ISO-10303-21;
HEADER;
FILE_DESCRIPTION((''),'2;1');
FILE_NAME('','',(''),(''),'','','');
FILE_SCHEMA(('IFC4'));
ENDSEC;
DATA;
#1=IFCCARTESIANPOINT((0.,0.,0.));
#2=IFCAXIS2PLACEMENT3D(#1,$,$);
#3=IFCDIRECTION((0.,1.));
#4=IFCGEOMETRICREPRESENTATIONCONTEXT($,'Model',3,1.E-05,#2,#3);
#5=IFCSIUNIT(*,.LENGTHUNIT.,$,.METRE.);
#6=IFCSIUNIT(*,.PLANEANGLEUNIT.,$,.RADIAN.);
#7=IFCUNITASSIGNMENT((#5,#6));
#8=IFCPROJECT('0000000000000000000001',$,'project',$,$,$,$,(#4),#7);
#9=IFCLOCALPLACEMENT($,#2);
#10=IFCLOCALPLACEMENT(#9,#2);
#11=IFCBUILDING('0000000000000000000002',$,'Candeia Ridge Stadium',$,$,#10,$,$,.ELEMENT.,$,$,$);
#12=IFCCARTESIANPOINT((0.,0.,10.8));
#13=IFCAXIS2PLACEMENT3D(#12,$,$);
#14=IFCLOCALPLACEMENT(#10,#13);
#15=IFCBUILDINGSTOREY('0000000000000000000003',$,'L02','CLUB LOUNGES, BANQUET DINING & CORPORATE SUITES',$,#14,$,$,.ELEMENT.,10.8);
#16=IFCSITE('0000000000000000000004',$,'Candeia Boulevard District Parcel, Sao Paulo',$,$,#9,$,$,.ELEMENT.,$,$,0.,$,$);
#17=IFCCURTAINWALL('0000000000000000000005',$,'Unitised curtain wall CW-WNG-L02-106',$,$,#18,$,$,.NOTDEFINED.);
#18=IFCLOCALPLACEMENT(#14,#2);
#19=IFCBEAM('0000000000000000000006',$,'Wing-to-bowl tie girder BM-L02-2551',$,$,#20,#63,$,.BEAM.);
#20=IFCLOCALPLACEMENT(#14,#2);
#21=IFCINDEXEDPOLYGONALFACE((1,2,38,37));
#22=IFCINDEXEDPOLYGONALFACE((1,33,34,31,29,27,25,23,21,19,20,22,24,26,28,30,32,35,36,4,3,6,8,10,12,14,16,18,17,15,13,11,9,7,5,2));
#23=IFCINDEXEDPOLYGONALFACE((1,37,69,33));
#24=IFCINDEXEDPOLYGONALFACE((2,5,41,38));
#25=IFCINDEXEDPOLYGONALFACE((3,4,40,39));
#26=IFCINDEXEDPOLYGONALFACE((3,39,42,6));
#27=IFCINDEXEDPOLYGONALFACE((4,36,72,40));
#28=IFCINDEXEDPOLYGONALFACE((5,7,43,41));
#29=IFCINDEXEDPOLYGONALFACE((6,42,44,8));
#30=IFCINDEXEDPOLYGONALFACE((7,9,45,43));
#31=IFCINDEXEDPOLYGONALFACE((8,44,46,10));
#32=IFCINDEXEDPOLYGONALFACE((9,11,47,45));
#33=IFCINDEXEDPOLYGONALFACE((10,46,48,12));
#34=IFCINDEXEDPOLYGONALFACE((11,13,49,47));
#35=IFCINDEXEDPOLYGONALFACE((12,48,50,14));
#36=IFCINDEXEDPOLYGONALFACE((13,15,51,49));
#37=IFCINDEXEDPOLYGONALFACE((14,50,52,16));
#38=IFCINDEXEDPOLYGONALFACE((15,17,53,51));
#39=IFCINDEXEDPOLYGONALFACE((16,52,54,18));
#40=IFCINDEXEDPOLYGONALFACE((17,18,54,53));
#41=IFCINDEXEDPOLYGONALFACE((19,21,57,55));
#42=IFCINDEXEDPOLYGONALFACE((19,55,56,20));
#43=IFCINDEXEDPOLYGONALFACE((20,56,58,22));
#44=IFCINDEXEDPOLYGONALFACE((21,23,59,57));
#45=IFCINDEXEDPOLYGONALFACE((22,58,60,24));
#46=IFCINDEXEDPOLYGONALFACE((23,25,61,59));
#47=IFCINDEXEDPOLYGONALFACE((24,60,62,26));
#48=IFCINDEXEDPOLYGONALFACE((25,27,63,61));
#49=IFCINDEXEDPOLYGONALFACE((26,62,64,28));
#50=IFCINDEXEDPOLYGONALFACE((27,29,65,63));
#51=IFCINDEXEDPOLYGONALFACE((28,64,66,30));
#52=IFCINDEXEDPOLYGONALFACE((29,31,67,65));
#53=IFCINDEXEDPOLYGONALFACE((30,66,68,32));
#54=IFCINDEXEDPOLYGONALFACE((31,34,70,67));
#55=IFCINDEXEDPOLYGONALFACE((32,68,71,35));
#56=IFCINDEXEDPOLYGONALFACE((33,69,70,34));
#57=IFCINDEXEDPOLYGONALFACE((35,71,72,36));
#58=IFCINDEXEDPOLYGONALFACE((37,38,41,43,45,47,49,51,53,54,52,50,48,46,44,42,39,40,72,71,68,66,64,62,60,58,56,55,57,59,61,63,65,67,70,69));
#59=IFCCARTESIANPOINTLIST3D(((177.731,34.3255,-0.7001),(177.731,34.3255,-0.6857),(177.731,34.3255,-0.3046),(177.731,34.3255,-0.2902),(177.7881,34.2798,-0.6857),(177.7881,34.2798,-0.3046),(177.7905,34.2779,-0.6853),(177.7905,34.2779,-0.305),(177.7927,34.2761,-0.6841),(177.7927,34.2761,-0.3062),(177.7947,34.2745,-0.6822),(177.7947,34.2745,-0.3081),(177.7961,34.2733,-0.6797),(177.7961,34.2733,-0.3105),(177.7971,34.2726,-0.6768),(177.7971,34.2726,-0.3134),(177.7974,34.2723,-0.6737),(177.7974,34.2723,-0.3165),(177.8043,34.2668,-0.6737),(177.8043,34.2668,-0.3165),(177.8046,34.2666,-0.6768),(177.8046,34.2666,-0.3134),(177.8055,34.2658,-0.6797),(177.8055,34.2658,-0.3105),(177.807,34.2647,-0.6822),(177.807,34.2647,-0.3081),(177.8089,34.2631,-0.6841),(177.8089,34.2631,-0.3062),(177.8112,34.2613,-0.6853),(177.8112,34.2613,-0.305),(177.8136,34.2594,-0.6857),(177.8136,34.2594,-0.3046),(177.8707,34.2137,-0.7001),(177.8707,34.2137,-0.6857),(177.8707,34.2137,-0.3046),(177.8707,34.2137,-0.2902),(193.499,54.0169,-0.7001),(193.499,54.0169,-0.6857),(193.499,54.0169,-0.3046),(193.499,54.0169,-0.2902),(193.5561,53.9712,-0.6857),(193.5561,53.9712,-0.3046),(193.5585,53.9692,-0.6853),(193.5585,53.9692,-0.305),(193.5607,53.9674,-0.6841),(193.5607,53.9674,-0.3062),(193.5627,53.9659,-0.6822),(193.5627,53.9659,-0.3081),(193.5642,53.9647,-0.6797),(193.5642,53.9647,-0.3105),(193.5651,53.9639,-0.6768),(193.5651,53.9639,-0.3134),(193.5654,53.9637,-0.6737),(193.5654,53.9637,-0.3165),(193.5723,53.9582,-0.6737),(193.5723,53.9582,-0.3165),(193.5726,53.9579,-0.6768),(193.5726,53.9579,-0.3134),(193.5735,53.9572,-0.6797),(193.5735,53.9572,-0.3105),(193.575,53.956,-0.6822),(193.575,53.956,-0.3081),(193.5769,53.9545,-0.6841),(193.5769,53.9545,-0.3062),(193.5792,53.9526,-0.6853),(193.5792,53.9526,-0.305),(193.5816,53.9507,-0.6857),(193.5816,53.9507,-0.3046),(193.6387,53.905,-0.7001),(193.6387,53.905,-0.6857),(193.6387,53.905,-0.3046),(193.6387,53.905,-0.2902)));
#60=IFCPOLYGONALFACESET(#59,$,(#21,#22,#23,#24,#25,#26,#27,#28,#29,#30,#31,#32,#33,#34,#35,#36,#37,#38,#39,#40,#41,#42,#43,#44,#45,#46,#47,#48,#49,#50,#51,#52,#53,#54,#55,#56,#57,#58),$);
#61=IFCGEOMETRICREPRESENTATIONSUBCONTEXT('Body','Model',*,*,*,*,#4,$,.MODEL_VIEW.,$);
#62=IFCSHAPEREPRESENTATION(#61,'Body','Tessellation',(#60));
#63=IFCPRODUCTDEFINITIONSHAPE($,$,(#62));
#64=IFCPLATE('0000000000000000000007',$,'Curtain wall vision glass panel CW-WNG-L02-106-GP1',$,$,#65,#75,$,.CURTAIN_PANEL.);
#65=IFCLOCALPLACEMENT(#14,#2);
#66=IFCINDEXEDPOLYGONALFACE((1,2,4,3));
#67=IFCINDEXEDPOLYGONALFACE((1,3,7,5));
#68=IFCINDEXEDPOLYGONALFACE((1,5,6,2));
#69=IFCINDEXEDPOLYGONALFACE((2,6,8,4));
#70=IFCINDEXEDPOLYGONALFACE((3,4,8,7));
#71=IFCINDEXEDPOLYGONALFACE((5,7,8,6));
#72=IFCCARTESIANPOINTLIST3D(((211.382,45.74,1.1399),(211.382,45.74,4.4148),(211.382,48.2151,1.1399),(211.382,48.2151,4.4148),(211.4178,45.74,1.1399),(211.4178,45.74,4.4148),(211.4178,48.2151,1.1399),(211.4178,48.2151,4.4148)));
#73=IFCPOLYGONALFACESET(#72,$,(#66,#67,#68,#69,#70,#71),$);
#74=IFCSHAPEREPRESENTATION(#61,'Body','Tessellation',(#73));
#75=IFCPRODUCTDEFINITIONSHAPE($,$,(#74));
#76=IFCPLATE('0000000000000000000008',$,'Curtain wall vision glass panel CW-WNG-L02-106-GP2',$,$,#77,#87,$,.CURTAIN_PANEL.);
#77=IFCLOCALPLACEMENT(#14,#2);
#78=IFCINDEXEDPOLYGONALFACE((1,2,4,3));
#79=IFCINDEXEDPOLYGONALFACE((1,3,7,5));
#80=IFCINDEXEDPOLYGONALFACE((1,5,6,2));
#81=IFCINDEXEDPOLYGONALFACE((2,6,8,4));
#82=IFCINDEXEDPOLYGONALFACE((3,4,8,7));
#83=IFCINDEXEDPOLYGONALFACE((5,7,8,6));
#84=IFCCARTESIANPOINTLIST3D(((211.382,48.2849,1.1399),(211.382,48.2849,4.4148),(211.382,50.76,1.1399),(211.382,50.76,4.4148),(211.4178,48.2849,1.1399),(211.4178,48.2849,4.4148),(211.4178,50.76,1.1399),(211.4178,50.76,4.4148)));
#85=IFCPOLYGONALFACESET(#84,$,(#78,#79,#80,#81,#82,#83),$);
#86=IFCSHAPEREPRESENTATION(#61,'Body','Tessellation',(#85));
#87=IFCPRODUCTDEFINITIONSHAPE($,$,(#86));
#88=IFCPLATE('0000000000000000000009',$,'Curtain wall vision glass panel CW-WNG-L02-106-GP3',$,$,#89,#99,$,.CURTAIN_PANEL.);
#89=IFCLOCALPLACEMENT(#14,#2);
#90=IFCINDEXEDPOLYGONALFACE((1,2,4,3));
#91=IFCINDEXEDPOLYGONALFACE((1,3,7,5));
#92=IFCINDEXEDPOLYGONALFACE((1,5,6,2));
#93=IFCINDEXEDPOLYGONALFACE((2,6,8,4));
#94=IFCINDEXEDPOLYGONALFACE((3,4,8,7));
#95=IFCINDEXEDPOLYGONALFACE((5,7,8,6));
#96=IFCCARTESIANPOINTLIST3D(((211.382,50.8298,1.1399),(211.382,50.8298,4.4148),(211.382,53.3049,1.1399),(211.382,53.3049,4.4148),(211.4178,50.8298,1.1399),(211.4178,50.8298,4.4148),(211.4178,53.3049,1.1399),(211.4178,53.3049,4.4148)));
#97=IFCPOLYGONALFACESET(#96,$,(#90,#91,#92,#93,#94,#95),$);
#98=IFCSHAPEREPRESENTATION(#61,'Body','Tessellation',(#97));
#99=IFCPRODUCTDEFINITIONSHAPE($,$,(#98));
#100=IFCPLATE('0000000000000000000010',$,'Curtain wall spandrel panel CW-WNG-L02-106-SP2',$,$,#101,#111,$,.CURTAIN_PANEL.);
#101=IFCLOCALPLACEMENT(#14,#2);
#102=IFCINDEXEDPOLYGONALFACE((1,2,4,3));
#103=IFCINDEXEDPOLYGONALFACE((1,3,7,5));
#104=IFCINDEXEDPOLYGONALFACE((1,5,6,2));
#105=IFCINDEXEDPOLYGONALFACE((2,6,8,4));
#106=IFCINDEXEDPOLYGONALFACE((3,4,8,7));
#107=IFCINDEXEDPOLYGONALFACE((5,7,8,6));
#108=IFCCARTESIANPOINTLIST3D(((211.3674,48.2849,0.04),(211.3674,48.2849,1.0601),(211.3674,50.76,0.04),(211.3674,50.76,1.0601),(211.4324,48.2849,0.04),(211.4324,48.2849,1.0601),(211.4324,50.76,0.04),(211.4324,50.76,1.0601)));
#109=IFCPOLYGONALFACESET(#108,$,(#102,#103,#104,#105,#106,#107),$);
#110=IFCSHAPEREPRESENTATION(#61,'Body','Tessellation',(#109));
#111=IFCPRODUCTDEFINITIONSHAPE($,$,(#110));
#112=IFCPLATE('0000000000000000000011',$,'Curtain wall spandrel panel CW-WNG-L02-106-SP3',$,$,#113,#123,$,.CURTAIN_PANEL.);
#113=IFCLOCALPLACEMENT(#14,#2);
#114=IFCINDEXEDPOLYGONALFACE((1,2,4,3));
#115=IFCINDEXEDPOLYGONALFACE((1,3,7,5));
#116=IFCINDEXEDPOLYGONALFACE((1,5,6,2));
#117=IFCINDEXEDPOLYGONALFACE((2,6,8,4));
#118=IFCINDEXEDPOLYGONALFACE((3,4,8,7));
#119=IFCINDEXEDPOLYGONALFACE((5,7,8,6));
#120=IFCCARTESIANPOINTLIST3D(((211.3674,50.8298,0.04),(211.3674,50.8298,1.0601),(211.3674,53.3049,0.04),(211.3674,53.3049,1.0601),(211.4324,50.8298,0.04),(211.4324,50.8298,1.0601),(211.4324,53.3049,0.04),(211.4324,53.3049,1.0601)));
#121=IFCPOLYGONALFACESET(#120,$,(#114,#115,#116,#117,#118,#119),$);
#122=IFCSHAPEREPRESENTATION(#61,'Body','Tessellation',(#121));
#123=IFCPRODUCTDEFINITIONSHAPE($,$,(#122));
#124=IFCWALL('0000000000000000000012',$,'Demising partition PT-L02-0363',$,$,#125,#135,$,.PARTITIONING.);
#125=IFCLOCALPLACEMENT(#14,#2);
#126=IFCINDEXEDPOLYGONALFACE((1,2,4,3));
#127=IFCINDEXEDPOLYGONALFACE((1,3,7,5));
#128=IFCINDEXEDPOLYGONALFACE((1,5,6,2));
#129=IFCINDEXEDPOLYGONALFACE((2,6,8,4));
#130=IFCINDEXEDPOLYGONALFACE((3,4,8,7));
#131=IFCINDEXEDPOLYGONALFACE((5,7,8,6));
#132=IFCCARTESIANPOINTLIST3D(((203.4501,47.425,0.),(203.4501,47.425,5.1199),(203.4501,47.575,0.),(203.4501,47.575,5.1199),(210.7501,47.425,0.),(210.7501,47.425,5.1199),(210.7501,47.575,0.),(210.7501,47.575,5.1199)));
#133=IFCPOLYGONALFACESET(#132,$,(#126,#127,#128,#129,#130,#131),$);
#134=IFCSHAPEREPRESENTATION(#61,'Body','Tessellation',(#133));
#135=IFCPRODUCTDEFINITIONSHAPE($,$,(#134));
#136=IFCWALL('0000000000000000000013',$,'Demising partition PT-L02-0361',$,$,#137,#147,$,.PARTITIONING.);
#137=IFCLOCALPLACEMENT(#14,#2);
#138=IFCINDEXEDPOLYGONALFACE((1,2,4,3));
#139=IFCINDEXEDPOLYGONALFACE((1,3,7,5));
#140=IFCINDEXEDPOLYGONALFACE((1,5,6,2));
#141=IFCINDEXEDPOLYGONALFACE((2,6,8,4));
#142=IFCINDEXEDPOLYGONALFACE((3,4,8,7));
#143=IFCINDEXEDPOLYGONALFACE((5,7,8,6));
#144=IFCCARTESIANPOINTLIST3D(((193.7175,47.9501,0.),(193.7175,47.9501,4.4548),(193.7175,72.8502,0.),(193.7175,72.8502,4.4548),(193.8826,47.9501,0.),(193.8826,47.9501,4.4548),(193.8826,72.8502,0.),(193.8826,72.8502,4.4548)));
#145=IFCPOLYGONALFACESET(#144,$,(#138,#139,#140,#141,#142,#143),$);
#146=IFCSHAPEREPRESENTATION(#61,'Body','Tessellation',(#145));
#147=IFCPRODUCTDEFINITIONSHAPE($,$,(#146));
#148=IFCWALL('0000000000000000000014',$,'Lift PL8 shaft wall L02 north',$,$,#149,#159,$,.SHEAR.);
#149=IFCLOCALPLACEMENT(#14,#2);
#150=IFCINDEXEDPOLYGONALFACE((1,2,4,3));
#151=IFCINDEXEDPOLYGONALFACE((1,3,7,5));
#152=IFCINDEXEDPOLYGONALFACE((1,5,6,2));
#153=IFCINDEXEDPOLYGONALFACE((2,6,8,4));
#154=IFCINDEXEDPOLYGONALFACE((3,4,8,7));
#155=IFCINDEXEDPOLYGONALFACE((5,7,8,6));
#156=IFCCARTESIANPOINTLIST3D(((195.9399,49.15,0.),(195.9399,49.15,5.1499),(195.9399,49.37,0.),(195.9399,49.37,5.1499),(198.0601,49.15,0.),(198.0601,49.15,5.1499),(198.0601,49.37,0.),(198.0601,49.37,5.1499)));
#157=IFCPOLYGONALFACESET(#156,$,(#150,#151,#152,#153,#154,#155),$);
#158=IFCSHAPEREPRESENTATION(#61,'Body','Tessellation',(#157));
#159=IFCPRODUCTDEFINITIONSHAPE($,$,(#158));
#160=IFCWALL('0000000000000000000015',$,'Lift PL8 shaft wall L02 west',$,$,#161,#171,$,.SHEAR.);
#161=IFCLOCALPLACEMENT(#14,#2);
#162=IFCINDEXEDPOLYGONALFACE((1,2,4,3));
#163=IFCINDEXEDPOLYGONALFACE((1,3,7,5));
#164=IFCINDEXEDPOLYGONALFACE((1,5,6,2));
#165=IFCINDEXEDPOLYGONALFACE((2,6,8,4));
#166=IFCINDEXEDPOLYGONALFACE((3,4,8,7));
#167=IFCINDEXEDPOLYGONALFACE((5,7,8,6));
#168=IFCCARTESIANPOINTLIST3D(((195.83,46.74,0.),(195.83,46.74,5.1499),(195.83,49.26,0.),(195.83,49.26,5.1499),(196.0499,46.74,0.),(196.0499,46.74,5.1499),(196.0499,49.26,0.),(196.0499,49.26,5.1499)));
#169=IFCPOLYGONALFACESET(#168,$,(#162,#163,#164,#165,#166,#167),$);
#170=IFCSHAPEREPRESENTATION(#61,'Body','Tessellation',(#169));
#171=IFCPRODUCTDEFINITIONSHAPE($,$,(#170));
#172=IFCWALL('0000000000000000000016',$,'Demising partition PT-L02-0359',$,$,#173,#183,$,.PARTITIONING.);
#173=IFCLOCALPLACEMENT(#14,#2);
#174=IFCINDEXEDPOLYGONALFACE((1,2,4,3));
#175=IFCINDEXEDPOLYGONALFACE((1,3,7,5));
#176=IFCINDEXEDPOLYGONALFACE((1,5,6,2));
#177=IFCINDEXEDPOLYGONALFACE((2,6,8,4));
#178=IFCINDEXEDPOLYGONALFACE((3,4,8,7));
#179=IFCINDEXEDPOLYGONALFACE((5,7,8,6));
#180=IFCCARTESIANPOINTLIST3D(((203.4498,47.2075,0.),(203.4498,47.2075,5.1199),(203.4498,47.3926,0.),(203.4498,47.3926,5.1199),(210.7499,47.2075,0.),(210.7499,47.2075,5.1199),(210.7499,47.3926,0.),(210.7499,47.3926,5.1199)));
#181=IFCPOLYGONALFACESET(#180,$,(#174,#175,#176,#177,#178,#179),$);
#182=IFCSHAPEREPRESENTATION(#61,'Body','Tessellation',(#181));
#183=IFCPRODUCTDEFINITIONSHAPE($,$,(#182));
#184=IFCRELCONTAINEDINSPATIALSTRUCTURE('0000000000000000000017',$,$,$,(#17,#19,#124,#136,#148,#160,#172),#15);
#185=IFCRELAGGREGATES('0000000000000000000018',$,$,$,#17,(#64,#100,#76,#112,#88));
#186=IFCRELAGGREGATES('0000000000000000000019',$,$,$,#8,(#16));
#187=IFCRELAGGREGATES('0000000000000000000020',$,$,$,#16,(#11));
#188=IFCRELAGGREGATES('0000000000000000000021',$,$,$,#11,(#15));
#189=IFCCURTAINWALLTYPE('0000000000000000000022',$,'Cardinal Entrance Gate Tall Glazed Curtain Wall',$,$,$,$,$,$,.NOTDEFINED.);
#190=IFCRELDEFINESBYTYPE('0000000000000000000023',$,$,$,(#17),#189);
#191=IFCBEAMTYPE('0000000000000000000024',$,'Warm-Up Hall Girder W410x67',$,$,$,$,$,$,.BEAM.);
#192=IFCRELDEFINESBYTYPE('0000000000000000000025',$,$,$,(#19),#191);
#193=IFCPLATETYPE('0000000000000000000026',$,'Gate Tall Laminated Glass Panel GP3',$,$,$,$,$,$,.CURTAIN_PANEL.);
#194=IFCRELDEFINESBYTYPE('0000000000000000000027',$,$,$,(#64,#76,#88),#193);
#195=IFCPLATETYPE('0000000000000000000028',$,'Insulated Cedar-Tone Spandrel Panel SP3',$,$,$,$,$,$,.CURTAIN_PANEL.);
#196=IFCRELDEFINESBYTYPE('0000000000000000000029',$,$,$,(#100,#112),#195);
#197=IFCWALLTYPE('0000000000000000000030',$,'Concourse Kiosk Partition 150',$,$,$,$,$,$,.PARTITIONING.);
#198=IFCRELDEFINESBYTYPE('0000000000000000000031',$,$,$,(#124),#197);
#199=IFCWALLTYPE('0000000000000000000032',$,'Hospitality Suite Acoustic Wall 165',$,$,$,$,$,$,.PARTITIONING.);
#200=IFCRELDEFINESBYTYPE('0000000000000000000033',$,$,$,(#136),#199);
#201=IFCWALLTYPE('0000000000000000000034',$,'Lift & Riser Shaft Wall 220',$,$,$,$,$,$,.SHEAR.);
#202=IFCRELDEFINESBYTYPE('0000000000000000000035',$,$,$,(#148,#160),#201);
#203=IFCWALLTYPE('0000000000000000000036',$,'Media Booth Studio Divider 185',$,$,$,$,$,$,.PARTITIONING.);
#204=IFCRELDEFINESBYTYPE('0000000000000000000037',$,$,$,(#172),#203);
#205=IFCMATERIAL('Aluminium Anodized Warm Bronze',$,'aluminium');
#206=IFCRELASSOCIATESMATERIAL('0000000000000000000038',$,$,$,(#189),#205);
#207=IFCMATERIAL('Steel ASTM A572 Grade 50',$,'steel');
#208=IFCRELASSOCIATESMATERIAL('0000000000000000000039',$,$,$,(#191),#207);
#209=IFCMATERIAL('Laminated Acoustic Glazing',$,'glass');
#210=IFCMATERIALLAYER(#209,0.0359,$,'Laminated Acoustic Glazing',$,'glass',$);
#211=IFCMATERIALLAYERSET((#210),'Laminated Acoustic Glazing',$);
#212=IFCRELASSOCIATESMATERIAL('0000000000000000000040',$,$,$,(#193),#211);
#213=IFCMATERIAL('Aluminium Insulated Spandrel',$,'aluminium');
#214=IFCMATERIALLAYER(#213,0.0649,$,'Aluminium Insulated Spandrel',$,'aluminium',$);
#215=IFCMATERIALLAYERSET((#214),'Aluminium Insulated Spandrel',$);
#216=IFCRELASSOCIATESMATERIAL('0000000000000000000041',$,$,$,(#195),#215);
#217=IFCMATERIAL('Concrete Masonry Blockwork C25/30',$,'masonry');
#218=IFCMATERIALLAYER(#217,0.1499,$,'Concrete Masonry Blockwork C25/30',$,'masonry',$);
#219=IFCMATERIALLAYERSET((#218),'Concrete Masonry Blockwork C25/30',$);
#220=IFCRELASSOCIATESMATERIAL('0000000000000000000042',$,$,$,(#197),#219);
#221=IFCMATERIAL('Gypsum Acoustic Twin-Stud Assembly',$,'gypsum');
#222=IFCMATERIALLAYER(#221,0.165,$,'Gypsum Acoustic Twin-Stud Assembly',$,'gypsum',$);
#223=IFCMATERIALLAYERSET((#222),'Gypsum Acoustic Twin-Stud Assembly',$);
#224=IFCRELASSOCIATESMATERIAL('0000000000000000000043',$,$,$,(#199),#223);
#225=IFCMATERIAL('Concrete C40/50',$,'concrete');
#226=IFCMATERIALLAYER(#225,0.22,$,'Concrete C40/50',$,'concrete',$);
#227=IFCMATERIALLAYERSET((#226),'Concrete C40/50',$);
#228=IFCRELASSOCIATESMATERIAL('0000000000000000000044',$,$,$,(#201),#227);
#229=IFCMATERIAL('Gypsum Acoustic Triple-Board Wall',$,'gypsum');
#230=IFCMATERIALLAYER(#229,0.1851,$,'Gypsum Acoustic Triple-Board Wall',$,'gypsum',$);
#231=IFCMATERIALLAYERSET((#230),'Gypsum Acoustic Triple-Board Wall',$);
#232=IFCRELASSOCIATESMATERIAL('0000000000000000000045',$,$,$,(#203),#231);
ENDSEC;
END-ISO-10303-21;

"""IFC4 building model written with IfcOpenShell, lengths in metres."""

from ifc_helpers import new_model, si_unit, direction, frame, frame_2d, origin, origin_2d, place, context, subcontext, project, spatial, rectangle, i_section, extrude, material, layer, layer_set, material_profile, profile_set, type_object, element, aggregate, save


model = new_model("IFC4")

# Units and contexts
model_context = context("Model", 3, precision=1e-05, world=origin(), true_north=direction((0.0, 1.0)))
body_context = subcontext(model_context, "Body", "Model", "MODEL_VIEW")
ifc_project = project(units=[si_unit("LENGTHUNIT", "METRE"), si_unit("PLANEANGLEUNIT", "RADIAN")], contexts=[model_context])

# Site, building, storey
site_placement = place(None, origin())
site = spatial("IfcSite", under=ifc_project, at=site_placement, Name="Candeia Boulevard District Parcel, Sao Paulo", CompositionType="ELEMENT", RefElevation=0.0)
building_placement = place(site_placement, origin())
building = spatial("IfcBuilding", under=site, at=building_placement, Name="Candeia Ridge Stadium", CompositionType="ELEMENT")
storey_placement = place(building_placement, frame((0.0, 0.0, 10.8)))
storey = spatial("IfcBuildingStorey", under=building, at=storey_placement, Name="L02", Description="CLUB LOUNGES, BANQUET DINING & CORPORATE SUITES", CompositionType="ELEMENT", Elevation=10.8)

# Shared definitions
ifc_material_1 = material(Name="Concrete C40/50", Category="concrete")

# Curtain wall
ifc_material_2 = material(Name="Aluminium Anodized Warm Bronze", Category="aluminium")
curtain_wall_type = type_object("IfcCurtainWallType", Name="Cardinal Entrance Gate Tall Glazed Curtain Wall", PredefinedType="NOTDEFINED", material=ifc_material_2)
curtain_wall_placement = place(storey_placement, origin())
curtain_wall = element("IfcCurtainWall", 1, at=curtain_wall_placement, inside=storey, type_object=curtain_wall_type, Name="Unitised curtain wall CW-WNG-L02-106", PredefinedType="NOTDEFINED")

# Beam
ifc_material_3 = material(Name="Steel ASTM A572 Grade 50", Category="steel")
ifc_material_profile_1 = material_profile(ifc_material_3, i_section(OverallWidth=0.179, OverallDepth=0.4099, WebThickness=0.0088, FlangeThickness=0.0144, FilletRadius=0.012, at=origin_2d()), Name="W410x67", Category="steel")
ifc_profile_set_1 = profile_set([ifc_material_profile_1], Name="Steel ASTM A572 Grade 50")
beam_type_1 = type_object("IfcBeamType", Name="Warm-Up Hall Girder W410x67", PredefinedType="BEAM", material=ifc_profile_set_1)
beam_1_placement = place(storey_placement, frame((193.5688, 53.9609, -0.4951), z_axis=(-0.625056, -0.78058, 0.0), x_axis=(0.78058, -0.625056, 0.0)))
element("IfcBeam", 2, at=beam_1_placement, inside=storey, type_object=beam_type_1, Name="Wing-to-bowl tie girder BM-L02-2551", PredefinedType="BEAM", context=body_context, shape_type="SweptSolid", body=[
    extrude(i_section(OverallWidth=0.179, OverallDepth=0.4099, WebThickness=0.0088, FlangeThickness=0.0144, FilletRadius=0.012, at=origin_2d()), origin(), (0.0, 0.0, 1.0), 25.2266),
])

# Plates
ifc_material_4 = material(Name="Laminated Acoustic Glazing", Category="glass")
ifc_layer_1 = layer(ifc_material_4, 0.0359, Name="Laminated Acoustic Glazing", Category="glass")
ifc_layer_set_1 = layer_set([ifc_layer_1], Name="Laminated Acoustic Glazing")
plate_type_1 = type_object("IfcPlateType", Name="Gate Tall Laminated Glass Panel GP3", PredefinedType="CURTAIN_PANEL", material=ifc_layer_set_1)
plate_1_placement = place(storey_placement, frame((211.3999, 46.9775, 1.1399), z_axis=(0.0, 0.0, 1.0), x_axis=(0.0, 1.0, 0.0)))
plate_1 = element("IfcPlate", 3, at=plate_1_placement, type_object=plate_type_1, Name="Curtain wall vision glass panel CW-WNG-L02-106-GP1", PredefinedType="CURTAIN_PANEL", context=body_context, shape_type="SweptSolid", body=[
    extrude(rectangle(XDim=2.4751, YDim=0.0359, at=origin_2d()), origin(), (0.0, 0.0, 1.0), 3.2749),
])
plate_2_placement = place(storey_placement, frame((211.3999, 49.5225, 1.1399), z_axis=(0.0, 0.0, 1.0), x_axis=(0.0, 1.0, 0.0)))
plate_2 = element("IfcPlate", 4, at=plate_2_placement, type_object=plate_type_1, Name="Curtain wall vision glass panel CW-WNG-L02-106-GP2", PredefinedType="CURTAIN_PANEL", context=body_context, shape_type="SweptSolid", body=[
    extrude(rectangle(XDim=2.4751, YDim=0.0359, at=origin_2d()), origin(), (0.0, 0.0, 1.0), 3.2749),
])
plate_3_placement = place(storey_placement, frame((211.3999, 52.0674, 1.1399), z_axis=(0.0, 0.0, 1.0), x_axis=(0.0, 1.0, 0.0)))
plate_3 = element("IfcPlate", 5, at=plate_3_placement, type_object=plate_type_1, Name="Curtain wall vision glass panel CW-WNG-L02-106-GP3", PredefinedType="CURTAIN_PANEL", context=body_context, shape_type="SweptSolid", body=[
    extrude(rectangle(XDim=2.4751, YDim=0.0359, at=origin_2d()), origin(), (0.0, 0.0, 1.0), 3.2749),
])
ifc_material_5 = material(Name="Aluminium Insulated Spandrel", Category="aluminium")
ifc_layer_2 = layer(ifc_material_5, 0.0649, Name="Aluminium Insulated Spandrel", Category="aluminium")
ifc_layer_set_2 = layer_set([ifc_layer_2], Name="Aluminium Insulated Spandrel")
plate_type_2 = type_object("IfcPlateType", Name="Insulated Cedar-Tone Spandrel Panel SP3", PredefinedType="CURTAIN_PANEL", material=ifc_layer_set_2)
plate_4_placement = place(storey_placement, frame((211.3999, 49.5225, 0.04), z_axis=(0.0, 0.0, 1.0), x_axis=(0.0, 1.0, 0.0)))
plate_4 = element("IfcPlate", 6, at=plate_4_placement, type_object=plate_type_2, Name="Curtain wall spandrel panel CW-WNG-L02-106-SP2", PredefinedType="CURTAIN_PANEL", context=body_context, shape_type="SweptSolid", body=[
    extrude(rectangle(XDim=2.4751, YDim=0.0649, at=origin_2d()), origin(), (0.0, 0.0, 1.0), 1.02),
])
plate_5_placement = place(storey_placement, frame((211.3999, 52.0674, 0.04), z_axis=(0.0, 0.0, 1.0), x_axis=(0.0, 1.0, 0.0)))
plate_5 = element("IfcPlate", 7, at=plate_5_placement, type_object=plate_type_2, Name="Curtain wall spandrel panel CW-WNG-L02-106-SP3", PredefinedType="CURTAIN_PANEL", context=body_context, shape_type="SweptSolid", body=[
    extrude(rectangle(XDim=2.4751, YDim=0.0649, at=origin_2d()), origin(), (0.0, 0.0, 1.0), 1.02),
])
aggregate(curtain_wall, [plate_1, plate_4, plate_2, plate_5, plate_3])

# Walls
ifc_material_6 = material(Name="Concrete Masonry Blockwork C25/30", Category="masonry")
ifc_layer_3 = layer(ifc_material_6, 0.1499, Name="Concrete Masonry Blockwork C25/30", Category="masonry")
ifc_layer_set_3 = layer_set([ifc_layer_3], Name="Concrete Masonry Blockwork C25/30")
wall_type_1 = type_object("IfcWallType", Name="Concourse Kiosk Partition 150", PredefinedType="PARTITIONING", material=ifc_layer_set_3)
wall_1_placement = place(storey_placement, frame((210.75, 47.5, 0.0), z_axis=(0.0, 0.0, 1.0), x_axis=(-1.0, 0.0, 0.0)))
element("IfcWall", 8, at=wall_1_placement, inside=storey, type_object=wall_type_1, Name="Demising partition PT-L02-0363", PredefinedType="PARTITIONING", context=body_context, shape_type="SweptSolid", body=[
    extrude(rectangle(XDim=7.3, YDim=0.1499, at=frame_2d((3.6499, 0.0))), origin(), (0.0, 0.0, 1.0), 5.1199),
])
ifc_material_7 = material(Name="Gypsum Acoustic Twin-Stud Assembly", Category="gypsum")
ifc_layer_4 = layer(ifc_material_7, 0.165, Name="Gypsum Acoustic Twin-Stud Assembly", Category="gypsum")
ifc_layer_set_4 = layer_set([ifc_layer_4], Name="Gypsum Acoustic Twin-Stud Assembly")
wall_type_2 = type_object("IfcWallType", Name="Hospitality Suite Acoustic Wall 165", PredefinedType="PARTITIONING", material=ifc_layer_set_4)
wall_2_placement = place(storey_placement, frame((193.8, 47.95, 0.0), z_axis=(0.0, 0.0, 1.0), x_axis=(0.0, 1.0, 0.0)))
element("IfcWall", 9, at=wall_2_placement, inside=storey, type_object=wall_type_2, Name="Demising partition PT-L02-0361", PredefinedType="PARTITIONING", context=body_context, shape_type="SweptSolid", body=[
    extrude(rectangle(XDim=24.9001, YDim=0.165, at=frame_2d((12.4502, 0.0))), origin(), (0.0, 0.0, 1.0), 4.4548),
])
ifc_layer_5 = layer(ifc_material_1, 0.22, Name="Concrete C40/50", Category="concrete")
ifc_layer_set_5 = layer_set([ifc_layer_5], Name="Concrete C40/50")
wall_type_3 = type_object("IfcWallType", Name="Lift & Riser Shaft Wall 220", PredefinedType="SHEAR", material=ifc_layer_set_5)
wall_3_placement = place(storey_placement, frame((198.0601, 49.26, 0.0), z_axis=(0.0, 0.0, 1.0), x_axis=(-1.0, 0.0, 0.0)))
element("IfcWall", 10, at=wall_3_placement, inside=storey, type_object=wall_type_3, Name="Lift PL8 shaft wall L02 north", PredefinedType="SHEAR", context=body_context, shape_type="SweptSolid", body=[
    extrude(rectangle(XDim=2.1201, YDim=0.22, at=frame_2d((1.0601, 0.0))), origin(), (0.0, 0.0, 1.0), 5.1499),
])
wall_4_placement = place(storey_placement, frame((195.9399, 49.26, 0.0), z_axis=(0.0, 0.0, 1.0), x_axis=(0.0, -1.0, 0.0)))
element("IfcWall", 11, at=wall_4_placement, inside=storey, type_object=wall_type_3, Name="Lift PL8 shaft wall L02 west", PredefinedType="SHEAR", context=body_context, shape_type="SweptSolid", body=[
    extrude(rectangle(XDim=2.52, YDim=0.22, at=frame_2d((1.26, 0.0))), origin(), (0.0, 0.0, 1.0), 5.1499),
])
ifc_material_8 = material(Name="Gypsum Acoustic Triple-Board Wall", Category="gypsum")
ifc_layer_6 = layer(ifc_material_8, 0.1851, Name="Gypsum Acoustic Triple-Board Wall", Category="gypsum")
ifc_layer_set_6 = layer_set([ifc_layer_6], Name="Gypsum Acoustic Triple-Board Wall")
wall_type_4 = type_object("IfcWallType", Name="Media Booth Studio Divider 185", PredefinedType="PARTITIONING", material=ifc_layer_set_6)
wall_5_placement = place(storey_placement, frame((203.45, 47.3, 0.0), z_axis=(0.0, 0.0, 1.0), x_axis=(1.0, 0.0, 0.0)))
element("IfcWall", 12, at=wall_5_placement, inside=storey, type_object=wall_type_4, Name="Demising partition PT-L02-0359", PredefinedType="PARTITIONING", context=body_context, shape_type="SweptSolid", body=[
    extrude(rectangle(XDim=7.3, YDim=0.1851, at=frame_2d((3.6499, 0.0))), origin(), (0.0, 0.0, 1.0), 5.1199),
])

save(model, "model.ifc")
